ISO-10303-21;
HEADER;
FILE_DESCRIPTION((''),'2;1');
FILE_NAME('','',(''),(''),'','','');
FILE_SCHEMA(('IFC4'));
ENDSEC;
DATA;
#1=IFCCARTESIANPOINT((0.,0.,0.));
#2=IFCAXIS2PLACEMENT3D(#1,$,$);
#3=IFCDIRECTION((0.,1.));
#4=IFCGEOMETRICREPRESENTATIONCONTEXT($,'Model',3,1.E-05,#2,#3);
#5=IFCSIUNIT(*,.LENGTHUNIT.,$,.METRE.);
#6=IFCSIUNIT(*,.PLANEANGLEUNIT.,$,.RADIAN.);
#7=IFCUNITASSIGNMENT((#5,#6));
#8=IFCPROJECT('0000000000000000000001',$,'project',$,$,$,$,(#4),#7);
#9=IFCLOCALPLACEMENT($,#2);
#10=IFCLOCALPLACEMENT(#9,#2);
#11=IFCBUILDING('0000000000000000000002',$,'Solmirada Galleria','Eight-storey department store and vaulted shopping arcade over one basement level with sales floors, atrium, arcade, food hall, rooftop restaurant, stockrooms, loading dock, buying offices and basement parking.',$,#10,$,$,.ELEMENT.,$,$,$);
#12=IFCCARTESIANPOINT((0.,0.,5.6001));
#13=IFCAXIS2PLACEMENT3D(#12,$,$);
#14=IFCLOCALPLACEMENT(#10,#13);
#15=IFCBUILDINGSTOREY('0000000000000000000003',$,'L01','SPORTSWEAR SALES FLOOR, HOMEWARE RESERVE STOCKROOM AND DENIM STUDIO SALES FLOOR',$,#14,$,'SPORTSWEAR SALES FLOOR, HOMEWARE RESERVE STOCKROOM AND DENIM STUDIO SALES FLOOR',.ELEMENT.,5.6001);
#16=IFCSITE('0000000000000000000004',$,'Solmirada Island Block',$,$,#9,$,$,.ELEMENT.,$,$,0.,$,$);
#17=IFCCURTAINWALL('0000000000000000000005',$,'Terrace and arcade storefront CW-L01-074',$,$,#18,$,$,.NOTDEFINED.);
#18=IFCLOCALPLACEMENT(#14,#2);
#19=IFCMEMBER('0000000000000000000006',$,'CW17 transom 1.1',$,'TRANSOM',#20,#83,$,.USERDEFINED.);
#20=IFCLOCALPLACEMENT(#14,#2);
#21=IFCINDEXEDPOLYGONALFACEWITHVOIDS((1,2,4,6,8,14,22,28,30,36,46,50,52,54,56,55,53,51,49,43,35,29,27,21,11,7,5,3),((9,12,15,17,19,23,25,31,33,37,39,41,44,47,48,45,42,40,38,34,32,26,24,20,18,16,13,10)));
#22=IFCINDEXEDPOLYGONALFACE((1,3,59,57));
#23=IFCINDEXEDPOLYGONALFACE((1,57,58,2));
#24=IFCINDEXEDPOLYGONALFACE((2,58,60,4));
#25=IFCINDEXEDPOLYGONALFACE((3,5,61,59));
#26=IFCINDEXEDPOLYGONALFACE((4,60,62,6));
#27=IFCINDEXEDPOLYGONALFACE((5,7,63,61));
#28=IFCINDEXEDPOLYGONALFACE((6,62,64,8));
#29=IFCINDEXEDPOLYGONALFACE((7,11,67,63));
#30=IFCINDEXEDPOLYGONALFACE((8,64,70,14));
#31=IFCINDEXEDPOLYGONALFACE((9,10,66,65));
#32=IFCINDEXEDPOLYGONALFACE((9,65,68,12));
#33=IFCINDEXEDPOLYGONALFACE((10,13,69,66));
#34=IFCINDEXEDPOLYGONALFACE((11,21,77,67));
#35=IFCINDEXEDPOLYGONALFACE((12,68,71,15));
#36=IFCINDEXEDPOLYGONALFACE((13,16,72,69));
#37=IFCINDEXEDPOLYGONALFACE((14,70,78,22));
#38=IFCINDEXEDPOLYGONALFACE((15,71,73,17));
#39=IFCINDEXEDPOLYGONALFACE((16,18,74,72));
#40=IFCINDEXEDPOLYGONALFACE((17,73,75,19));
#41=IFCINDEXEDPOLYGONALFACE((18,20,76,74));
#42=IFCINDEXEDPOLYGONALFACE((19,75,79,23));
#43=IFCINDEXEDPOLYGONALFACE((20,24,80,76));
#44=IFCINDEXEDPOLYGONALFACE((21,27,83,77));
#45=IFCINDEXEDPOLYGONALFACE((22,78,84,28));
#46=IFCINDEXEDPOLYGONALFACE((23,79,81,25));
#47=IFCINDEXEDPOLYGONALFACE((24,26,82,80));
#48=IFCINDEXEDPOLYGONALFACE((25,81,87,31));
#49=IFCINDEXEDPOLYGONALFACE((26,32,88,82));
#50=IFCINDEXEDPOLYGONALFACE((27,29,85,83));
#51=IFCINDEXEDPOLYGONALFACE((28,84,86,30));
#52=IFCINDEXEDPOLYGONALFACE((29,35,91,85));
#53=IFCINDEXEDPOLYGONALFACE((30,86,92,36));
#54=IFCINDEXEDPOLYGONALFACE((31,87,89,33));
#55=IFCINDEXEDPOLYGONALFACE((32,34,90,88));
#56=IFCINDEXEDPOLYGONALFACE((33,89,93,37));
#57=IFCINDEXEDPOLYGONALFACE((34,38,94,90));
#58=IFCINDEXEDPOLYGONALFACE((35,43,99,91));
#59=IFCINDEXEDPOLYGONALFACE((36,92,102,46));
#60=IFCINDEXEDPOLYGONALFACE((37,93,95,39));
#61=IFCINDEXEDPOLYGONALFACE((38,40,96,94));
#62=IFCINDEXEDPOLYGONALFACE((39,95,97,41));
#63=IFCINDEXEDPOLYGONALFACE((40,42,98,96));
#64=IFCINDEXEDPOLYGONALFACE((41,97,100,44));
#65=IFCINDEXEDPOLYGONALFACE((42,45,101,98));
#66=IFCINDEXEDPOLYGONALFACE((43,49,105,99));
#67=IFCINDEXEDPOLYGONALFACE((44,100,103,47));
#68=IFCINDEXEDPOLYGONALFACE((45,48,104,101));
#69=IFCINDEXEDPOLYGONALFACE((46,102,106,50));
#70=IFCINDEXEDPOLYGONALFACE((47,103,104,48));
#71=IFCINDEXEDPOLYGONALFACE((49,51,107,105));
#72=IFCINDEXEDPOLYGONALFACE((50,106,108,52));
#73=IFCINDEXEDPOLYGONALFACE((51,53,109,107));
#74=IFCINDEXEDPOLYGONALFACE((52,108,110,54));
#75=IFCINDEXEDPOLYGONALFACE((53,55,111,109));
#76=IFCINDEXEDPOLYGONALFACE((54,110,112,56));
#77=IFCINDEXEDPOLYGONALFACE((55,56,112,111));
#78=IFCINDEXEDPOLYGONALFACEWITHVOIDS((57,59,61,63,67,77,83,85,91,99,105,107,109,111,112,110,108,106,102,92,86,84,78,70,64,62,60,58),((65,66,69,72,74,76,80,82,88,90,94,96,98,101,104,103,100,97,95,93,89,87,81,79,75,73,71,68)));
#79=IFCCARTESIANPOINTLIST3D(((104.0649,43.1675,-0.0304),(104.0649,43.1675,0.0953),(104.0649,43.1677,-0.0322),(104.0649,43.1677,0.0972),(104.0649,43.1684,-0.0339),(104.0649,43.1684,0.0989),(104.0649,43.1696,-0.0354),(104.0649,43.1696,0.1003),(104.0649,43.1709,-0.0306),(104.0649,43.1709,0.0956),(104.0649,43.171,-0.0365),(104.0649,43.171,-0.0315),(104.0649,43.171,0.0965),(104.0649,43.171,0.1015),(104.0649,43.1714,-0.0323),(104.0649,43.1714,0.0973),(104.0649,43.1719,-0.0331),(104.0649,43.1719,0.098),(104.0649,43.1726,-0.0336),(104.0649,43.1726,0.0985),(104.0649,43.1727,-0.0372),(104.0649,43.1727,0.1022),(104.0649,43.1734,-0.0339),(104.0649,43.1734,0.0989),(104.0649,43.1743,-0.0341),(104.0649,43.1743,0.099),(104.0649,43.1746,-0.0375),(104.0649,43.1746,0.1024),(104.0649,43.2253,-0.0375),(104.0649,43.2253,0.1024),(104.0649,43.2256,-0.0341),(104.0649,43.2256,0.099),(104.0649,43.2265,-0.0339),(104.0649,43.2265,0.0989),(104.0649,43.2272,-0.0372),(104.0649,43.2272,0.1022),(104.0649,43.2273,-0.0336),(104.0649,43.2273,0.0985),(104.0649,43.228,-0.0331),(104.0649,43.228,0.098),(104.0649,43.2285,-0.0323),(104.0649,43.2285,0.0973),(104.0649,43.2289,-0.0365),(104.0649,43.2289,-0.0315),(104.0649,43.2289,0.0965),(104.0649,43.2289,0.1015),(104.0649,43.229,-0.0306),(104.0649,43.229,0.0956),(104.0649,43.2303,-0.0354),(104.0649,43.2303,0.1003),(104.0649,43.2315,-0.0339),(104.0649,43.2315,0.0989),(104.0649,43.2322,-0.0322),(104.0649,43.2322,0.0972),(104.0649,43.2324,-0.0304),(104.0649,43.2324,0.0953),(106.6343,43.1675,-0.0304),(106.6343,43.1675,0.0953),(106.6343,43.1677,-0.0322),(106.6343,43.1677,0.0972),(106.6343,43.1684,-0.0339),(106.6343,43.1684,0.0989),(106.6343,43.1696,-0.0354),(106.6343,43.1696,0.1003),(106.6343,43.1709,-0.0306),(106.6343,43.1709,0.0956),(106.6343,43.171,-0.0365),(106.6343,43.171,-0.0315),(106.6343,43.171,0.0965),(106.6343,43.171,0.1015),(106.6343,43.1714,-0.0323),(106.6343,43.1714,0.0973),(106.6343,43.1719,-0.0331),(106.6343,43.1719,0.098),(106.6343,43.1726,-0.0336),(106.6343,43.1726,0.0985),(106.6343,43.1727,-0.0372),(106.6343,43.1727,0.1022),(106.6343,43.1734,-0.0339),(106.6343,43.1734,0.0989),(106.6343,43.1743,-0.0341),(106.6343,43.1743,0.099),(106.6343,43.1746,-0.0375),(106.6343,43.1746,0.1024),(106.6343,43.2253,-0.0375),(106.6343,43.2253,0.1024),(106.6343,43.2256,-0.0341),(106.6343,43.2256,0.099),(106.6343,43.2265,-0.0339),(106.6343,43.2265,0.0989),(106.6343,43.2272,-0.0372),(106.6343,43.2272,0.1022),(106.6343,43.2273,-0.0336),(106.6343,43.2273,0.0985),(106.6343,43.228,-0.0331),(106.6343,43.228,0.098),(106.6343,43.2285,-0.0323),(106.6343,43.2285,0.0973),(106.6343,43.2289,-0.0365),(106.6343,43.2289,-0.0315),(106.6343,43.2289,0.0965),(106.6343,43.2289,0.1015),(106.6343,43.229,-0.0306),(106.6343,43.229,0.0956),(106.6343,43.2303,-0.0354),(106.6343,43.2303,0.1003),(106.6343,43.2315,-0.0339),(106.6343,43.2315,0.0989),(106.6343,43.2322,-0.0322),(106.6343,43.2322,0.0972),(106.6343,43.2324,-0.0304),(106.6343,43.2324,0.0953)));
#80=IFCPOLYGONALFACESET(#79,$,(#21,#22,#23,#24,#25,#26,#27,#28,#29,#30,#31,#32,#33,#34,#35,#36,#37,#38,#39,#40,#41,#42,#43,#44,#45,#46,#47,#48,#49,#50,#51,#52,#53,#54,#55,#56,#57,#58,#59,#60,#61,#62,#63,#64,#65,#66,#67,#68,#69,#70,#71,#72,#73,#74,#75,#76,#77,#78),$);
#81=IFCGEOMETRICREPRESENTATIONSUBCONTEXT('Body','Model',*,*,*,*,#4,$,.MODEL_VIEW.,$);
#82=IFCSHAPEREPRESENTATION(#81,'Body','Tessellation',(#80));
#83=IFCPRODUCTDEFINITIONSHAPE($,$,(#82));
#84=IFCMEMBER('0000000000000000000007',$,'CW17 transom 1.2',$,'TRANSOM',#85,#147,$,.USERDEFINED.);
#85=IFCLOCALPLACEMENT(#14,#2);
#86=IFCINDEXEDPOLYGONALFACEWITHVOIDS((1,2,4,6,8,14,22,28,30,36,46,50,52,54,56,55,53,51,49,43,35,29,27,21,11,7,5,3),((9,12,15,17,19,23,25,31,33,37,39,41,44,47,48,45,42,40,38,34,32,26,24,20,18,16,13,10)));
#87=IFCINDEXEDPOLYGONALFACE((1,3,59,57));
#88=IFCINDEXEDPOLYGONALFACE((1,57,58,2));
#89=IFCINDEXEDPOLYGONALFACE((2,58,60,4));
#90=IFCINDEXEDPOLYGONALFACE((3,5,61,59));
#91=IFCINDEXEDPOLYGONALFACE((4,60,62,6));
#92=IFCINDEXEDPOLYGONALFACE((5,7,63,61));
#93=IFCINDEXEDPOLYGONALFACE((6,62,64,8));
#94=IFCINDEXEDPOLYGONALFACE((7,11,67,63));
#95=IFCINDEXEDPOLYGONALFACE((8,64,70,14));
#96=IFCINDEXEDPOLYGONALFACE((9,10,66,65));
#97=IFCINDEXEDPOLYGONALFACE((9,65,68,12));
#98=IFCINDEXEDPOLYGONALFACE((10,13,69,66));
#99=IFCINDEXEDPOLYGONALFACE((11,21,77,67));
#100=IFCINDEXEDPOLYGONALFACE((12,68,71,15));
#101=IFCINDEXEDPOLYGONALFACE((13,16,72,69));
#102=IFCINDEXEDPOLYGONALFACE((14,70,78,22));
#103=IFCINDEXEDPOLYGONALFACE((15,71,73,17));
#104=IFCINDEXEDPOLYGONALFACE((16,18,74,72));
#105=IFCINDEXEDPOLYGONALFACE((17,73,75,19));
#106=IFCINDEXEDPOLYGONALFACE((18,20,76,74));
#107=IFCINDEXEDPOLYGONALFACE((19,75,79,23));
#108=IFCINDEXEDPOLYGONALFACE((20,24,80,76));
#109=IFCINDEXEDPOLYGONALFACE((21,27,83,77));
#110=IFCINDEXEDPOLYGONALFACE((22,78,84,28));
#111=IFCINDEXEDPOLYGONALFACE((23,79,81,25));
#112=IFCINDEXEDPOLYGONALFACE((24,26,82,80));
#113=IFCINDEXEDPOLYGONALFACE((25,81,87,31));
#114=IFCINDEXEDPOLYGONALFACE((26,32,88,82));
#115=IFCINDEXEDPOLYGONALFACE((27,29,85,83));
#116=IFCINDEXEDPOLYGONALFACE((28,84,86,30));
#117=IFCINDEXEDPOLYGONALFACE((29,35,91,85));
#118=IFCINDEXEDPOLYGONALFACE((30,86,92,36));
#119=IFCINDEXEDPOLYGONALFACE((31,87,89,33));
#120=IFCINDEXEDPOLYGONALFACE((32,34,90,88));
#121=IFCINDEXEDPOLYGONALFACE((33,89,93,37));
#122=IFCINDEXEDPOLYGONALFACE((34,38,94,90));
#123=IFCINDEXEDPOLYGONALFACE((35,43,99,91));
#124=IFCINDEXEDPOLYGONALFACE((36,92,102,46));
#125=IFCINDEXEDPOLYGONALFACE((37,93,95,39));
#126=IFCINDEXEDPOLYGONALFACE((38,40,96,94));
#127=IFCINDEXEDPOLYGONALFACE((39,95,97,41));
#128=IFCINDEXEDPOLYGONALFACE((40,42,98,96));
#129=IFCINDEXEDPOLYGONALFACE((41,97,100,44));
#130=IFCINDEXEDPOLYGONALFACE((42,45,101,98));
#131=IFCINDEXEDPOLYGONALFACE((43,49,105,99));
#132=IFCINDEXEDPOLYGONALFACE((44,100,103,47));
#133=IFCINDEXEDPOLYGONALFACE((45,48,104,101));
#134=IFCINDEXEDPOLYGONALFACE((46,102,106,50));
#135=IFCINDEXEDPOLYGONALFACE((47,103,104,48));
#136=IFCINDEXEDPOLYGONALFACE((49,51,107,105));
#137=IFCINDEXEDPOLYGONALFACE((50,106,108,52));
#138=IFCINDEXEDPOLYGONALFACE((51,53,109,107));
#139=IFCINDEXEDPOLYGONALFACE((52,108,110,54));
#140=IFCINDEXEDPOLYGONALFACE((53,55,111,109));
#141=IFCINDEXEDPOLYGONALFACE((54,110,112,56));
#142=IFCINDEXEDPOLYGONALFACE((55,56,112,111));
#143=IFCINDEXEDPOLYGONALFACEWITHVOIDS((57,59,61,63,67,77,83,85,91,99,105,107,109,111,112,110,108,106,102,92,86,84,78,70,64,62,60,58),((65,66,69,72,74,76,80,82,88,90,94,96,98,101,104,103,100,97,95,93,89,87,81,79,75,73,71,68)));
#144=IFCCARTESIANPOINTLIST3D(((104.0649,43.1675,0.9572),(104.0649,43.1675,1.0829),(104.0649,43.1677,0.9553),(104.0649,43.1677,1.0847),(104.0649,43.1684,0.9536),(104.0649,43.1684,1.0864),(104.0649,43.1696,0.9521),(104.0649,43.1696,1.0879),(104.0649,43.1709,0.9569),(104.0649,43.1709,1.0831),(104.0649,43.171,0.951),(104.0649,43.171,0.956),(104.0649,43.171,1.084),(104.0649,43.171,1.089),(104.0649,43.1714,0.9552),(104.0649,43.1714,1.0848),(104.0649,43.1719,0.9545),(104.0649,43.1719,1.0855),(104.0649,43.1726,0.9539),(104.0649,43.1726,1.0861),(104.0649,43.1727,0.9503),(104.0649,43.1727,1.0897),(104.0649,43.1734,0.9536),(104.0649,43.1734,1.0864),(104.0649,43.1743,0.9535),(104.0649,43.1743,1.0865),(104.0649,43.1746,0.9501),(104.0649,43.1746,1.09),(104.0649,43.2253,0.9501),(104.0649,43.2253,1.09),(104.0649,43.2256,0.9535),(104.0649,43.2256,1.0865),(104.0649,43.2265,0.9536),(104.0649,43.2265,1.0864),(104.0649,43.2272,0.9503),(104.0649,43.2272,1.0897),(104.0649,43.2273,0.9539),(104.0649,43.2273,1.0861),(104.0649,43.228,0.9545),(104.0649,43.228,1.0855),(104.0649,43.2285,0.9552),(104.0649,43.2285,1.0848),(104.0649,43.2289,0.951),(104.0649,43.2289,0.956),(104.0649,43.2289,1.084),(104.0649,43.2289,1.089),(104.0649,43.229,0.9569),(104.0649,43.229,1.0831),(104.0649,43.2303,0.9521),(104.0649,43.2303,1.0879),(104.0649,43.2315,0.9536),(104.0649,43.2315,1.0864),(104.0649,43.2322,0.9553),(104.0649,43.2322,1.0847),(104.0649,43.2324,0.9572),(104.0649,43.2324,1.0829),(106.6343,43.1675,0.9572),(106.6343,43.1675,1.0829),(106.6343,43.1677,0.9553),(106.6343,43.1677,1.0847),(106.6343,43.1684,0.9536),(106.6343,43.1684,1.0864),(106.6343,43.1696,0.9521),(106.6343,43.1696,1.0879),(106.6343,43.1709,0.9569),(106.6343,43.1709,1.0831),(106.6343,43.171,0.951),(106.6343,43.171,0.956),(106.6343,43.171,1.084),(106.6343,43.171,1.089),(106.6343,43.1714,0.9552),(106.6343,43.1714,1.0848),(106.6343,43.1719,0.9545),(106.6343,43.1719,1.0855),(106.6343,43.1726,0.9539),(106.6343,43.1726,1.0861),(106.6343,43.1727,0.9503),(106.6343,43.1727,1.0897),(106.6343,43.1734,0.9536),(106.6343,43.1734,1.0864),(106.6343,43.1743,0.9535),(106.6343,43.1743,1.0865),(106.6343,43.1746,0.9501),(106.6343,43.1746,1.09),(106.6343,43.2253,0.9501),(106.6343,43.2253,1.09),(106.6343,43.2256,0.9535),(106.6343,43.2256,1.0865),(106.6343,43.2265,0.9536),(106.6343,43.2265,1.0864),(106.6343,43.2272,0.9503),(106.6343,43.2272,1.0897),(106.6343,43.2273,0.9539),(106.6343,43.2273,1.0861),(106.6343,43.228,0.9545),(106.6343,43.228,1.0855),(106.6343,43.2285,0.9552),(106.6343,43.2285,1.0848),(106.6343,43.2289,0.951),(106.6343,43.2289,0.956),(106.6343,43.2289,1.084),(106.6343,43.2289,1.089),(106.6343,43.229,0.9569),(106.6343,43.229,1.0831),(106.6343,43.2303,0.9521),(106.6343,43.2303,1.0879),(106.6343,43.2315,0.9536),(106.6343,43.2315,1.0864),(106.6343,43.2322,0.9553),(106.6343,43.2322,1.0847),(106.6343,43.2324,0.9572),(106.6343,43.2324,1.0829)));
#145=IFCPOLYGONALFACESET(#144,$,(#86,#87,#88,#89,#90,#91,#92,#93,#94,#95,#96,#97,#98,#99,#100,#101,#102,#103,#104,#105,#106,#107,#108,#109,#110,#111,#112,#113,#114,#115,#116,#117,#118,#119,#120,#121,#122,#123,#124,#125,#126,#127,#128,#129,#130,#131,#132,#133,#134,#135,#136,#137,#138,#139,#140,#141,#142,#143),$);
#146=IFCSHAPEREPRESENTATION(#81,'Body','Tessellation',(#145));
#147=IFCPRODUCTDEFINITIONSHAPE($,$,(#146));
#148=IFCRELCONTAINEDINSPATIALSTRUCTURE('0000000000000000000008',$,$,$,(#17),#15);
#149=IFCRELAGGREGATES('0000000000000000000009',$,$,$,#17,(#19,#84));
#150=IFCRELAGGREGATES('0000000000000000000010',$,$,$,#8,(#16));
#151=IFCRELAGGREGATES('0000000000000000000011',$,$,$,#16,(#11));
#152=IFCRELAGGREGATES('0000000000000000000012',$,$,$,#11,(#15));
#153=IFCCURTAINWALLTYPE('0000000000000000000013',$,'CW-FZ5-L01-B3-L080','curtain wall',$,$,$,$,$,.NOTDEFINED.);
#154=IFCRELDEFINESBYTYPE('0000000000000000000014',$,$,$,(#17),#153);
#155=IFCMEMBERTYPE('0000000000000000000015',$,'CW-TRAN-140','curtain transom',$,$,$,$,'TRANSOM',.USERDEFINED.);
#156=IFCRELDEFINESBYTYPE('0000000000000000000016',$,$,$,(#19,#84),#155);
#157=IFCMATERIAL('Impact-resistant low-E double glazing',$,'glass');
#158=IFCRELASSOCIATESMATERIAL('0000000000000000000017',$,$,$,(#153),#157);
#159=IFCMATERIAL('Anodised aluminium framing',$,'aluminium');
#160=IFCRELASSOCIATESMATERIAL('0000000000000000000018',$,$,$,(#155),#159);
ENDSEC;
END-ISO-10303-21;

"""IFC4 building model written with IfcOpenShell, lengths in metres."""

from ifc_helpers import new_model, si_unit, direction, frame, origin, origin_2d, place, context, subcontext, project, spatial, hollow_rectangle, extrude, material, material_profile, profile_set, type_object, element, aggregate, save


model = new_model("IFC4")

# Units and contexts
model_context = context("Model", 3, precision=1e-05, world=origin(), true_north=direction((0.0, 1.0)))
body_context = subcontext(model_context, "Body", "Model", "MODEL_VIEW")
ifc_project = project(units=[si_unit("LENGTHUNIT", "METRE"), si_unit("PLANEANGLEUNIT", "RADIAN")], contexts=[model_context])

# Site, building, storey
site_placement = place(None, origin())
site = spatial("IfcSite", under=ifc_project, at=site_placement, Name="Solmirada Island Block", CompositionType="ELEMENT", RefElevation=0.0)
building_placement = place(site_placement, origin())
building = spatial("IfcBuilding", under=site, at=building_placement, Name="Solmirada Galleria", Description="Eight-storey department store and vaulted shopping arcade over one basement level with sales floors, atrium, arcade, food hall, rooftop restaurant, stockrooms, loading dock, buying offices and basement parking.", CompositionType="ELEMENT")
storey_placement = place(building_placement, frame((0.0, 0.0, 5.6001)))
storey = spatial("IfcBuildingStorey", under=building, at=storey_placement, Name="L01", Description="SPORTSWEAR SALES FLOOR, HOMEWARE RESERVE STOCKROOM AND DENIM STUDIO SALES FLOOR", LongName="SPORTSWEAR SALES FLOOR, HOMEWARE RESERVE STOCKROOM AND DENIM STUDIO SALES FLOOR", CompositionType="ELEMENT", Elevation=5.6001)

# Shared definitions
ifc_material_1 = material(Name="Impact-resistant low-E double glazing", Category="glass")
ifc_material_2 = material(Name="Anodised aluminium framing", Category="aluminium")

# Curtain wall
curtain_wall_type_1 = type_object("IfcCurtainWallType", Name="CW-FZ5-L01-B3-L080", Description="curtain wall", PredefinedType="NOTDEFINED", material=ifc_material_1)
curtain_wall_1_placement = place(storey_placement, origin())
curtain_wall_1 = element("IfcCurtainWall", 1, at=curtain_wall_1_placement, inside=storey, type_object=curtain_wall_type_1, Name="Terrace and arcade storefront CW-L01-074", PredefinedType="NOTDEFINED")

# Members
ifc_material_profile_1 = material_profile(ifc_material_2, hollow_rectangle(XDim=0.0649, YDim=0.1399, WallThickness=0.0034, InnerFilletRadius=0.0034, OuterFilletRadius=0.0071, at=origin_2d()), Name="ALU-TRAN-140X65")
ifc_profile_set_1 = profile_set([ifc_material_profile_1], Name="Anodised aluminium framing")
member_type_1 = type_object("IfcMemberType", Name="CW-TRAN-140", Description="curtain transom", ElementType="TRANSOM", PredefinedType="USERDEFINED", material=ifc_profile_set_1)
member_1_placement = place(storey_placement, frame((104.0649, 43.2, 0.0325), z_axis=(1.0, 0.0, 0.0), x_axis=(0.0, 1.0, 0.0)))
member_1 = element("IfcMember", 2, at=member_1_placement, type_object=member_type_1, Name="CW17 transom 1.1", ObjectType="TRANSOM", PredefinedType="USERDEFINED", context=body_context, shape_type="SweptSolid", body=[
    extrude(hollow_rectangle(XDim=0.0649, YDim=0.1399, WallThickness=0.0034, InnerFilletRadius=0.0034, OuterFilletRadius=0.0071, at=origin_2d()), origin(), (0.0, 0.0, 1.0), 2.5693),
])
member_2_placement = place(storey_placement, frame((104.0649, 43.2, 1.02), z_axis=(1.0, 0.0, 0.0), x_axis=(0.0, 1.0, 0.0)))
member_2 = element("IfcMember", 3, at=member_2_placement, type_object=member_type_1, Name="CW17 transom 1.2", ObjectType="TRANSOM", PredefinedType="USERDEFINED", context=body_context, shape_type="SweptSolid", body=[
    extrude(hollow_rectangle(XDim=0.0649, YDim=0.1399, WallThickness=0.0034, InnerFilletRadius=0.0034, OuterFilletRadius=0.0071, at=origin_2d()), origin(), (0.0, 0.0, 1.0), 2.5693),
])

aggregate(curtain_wall_1, [member_1, member_2])

save(model, "model.ifc")
